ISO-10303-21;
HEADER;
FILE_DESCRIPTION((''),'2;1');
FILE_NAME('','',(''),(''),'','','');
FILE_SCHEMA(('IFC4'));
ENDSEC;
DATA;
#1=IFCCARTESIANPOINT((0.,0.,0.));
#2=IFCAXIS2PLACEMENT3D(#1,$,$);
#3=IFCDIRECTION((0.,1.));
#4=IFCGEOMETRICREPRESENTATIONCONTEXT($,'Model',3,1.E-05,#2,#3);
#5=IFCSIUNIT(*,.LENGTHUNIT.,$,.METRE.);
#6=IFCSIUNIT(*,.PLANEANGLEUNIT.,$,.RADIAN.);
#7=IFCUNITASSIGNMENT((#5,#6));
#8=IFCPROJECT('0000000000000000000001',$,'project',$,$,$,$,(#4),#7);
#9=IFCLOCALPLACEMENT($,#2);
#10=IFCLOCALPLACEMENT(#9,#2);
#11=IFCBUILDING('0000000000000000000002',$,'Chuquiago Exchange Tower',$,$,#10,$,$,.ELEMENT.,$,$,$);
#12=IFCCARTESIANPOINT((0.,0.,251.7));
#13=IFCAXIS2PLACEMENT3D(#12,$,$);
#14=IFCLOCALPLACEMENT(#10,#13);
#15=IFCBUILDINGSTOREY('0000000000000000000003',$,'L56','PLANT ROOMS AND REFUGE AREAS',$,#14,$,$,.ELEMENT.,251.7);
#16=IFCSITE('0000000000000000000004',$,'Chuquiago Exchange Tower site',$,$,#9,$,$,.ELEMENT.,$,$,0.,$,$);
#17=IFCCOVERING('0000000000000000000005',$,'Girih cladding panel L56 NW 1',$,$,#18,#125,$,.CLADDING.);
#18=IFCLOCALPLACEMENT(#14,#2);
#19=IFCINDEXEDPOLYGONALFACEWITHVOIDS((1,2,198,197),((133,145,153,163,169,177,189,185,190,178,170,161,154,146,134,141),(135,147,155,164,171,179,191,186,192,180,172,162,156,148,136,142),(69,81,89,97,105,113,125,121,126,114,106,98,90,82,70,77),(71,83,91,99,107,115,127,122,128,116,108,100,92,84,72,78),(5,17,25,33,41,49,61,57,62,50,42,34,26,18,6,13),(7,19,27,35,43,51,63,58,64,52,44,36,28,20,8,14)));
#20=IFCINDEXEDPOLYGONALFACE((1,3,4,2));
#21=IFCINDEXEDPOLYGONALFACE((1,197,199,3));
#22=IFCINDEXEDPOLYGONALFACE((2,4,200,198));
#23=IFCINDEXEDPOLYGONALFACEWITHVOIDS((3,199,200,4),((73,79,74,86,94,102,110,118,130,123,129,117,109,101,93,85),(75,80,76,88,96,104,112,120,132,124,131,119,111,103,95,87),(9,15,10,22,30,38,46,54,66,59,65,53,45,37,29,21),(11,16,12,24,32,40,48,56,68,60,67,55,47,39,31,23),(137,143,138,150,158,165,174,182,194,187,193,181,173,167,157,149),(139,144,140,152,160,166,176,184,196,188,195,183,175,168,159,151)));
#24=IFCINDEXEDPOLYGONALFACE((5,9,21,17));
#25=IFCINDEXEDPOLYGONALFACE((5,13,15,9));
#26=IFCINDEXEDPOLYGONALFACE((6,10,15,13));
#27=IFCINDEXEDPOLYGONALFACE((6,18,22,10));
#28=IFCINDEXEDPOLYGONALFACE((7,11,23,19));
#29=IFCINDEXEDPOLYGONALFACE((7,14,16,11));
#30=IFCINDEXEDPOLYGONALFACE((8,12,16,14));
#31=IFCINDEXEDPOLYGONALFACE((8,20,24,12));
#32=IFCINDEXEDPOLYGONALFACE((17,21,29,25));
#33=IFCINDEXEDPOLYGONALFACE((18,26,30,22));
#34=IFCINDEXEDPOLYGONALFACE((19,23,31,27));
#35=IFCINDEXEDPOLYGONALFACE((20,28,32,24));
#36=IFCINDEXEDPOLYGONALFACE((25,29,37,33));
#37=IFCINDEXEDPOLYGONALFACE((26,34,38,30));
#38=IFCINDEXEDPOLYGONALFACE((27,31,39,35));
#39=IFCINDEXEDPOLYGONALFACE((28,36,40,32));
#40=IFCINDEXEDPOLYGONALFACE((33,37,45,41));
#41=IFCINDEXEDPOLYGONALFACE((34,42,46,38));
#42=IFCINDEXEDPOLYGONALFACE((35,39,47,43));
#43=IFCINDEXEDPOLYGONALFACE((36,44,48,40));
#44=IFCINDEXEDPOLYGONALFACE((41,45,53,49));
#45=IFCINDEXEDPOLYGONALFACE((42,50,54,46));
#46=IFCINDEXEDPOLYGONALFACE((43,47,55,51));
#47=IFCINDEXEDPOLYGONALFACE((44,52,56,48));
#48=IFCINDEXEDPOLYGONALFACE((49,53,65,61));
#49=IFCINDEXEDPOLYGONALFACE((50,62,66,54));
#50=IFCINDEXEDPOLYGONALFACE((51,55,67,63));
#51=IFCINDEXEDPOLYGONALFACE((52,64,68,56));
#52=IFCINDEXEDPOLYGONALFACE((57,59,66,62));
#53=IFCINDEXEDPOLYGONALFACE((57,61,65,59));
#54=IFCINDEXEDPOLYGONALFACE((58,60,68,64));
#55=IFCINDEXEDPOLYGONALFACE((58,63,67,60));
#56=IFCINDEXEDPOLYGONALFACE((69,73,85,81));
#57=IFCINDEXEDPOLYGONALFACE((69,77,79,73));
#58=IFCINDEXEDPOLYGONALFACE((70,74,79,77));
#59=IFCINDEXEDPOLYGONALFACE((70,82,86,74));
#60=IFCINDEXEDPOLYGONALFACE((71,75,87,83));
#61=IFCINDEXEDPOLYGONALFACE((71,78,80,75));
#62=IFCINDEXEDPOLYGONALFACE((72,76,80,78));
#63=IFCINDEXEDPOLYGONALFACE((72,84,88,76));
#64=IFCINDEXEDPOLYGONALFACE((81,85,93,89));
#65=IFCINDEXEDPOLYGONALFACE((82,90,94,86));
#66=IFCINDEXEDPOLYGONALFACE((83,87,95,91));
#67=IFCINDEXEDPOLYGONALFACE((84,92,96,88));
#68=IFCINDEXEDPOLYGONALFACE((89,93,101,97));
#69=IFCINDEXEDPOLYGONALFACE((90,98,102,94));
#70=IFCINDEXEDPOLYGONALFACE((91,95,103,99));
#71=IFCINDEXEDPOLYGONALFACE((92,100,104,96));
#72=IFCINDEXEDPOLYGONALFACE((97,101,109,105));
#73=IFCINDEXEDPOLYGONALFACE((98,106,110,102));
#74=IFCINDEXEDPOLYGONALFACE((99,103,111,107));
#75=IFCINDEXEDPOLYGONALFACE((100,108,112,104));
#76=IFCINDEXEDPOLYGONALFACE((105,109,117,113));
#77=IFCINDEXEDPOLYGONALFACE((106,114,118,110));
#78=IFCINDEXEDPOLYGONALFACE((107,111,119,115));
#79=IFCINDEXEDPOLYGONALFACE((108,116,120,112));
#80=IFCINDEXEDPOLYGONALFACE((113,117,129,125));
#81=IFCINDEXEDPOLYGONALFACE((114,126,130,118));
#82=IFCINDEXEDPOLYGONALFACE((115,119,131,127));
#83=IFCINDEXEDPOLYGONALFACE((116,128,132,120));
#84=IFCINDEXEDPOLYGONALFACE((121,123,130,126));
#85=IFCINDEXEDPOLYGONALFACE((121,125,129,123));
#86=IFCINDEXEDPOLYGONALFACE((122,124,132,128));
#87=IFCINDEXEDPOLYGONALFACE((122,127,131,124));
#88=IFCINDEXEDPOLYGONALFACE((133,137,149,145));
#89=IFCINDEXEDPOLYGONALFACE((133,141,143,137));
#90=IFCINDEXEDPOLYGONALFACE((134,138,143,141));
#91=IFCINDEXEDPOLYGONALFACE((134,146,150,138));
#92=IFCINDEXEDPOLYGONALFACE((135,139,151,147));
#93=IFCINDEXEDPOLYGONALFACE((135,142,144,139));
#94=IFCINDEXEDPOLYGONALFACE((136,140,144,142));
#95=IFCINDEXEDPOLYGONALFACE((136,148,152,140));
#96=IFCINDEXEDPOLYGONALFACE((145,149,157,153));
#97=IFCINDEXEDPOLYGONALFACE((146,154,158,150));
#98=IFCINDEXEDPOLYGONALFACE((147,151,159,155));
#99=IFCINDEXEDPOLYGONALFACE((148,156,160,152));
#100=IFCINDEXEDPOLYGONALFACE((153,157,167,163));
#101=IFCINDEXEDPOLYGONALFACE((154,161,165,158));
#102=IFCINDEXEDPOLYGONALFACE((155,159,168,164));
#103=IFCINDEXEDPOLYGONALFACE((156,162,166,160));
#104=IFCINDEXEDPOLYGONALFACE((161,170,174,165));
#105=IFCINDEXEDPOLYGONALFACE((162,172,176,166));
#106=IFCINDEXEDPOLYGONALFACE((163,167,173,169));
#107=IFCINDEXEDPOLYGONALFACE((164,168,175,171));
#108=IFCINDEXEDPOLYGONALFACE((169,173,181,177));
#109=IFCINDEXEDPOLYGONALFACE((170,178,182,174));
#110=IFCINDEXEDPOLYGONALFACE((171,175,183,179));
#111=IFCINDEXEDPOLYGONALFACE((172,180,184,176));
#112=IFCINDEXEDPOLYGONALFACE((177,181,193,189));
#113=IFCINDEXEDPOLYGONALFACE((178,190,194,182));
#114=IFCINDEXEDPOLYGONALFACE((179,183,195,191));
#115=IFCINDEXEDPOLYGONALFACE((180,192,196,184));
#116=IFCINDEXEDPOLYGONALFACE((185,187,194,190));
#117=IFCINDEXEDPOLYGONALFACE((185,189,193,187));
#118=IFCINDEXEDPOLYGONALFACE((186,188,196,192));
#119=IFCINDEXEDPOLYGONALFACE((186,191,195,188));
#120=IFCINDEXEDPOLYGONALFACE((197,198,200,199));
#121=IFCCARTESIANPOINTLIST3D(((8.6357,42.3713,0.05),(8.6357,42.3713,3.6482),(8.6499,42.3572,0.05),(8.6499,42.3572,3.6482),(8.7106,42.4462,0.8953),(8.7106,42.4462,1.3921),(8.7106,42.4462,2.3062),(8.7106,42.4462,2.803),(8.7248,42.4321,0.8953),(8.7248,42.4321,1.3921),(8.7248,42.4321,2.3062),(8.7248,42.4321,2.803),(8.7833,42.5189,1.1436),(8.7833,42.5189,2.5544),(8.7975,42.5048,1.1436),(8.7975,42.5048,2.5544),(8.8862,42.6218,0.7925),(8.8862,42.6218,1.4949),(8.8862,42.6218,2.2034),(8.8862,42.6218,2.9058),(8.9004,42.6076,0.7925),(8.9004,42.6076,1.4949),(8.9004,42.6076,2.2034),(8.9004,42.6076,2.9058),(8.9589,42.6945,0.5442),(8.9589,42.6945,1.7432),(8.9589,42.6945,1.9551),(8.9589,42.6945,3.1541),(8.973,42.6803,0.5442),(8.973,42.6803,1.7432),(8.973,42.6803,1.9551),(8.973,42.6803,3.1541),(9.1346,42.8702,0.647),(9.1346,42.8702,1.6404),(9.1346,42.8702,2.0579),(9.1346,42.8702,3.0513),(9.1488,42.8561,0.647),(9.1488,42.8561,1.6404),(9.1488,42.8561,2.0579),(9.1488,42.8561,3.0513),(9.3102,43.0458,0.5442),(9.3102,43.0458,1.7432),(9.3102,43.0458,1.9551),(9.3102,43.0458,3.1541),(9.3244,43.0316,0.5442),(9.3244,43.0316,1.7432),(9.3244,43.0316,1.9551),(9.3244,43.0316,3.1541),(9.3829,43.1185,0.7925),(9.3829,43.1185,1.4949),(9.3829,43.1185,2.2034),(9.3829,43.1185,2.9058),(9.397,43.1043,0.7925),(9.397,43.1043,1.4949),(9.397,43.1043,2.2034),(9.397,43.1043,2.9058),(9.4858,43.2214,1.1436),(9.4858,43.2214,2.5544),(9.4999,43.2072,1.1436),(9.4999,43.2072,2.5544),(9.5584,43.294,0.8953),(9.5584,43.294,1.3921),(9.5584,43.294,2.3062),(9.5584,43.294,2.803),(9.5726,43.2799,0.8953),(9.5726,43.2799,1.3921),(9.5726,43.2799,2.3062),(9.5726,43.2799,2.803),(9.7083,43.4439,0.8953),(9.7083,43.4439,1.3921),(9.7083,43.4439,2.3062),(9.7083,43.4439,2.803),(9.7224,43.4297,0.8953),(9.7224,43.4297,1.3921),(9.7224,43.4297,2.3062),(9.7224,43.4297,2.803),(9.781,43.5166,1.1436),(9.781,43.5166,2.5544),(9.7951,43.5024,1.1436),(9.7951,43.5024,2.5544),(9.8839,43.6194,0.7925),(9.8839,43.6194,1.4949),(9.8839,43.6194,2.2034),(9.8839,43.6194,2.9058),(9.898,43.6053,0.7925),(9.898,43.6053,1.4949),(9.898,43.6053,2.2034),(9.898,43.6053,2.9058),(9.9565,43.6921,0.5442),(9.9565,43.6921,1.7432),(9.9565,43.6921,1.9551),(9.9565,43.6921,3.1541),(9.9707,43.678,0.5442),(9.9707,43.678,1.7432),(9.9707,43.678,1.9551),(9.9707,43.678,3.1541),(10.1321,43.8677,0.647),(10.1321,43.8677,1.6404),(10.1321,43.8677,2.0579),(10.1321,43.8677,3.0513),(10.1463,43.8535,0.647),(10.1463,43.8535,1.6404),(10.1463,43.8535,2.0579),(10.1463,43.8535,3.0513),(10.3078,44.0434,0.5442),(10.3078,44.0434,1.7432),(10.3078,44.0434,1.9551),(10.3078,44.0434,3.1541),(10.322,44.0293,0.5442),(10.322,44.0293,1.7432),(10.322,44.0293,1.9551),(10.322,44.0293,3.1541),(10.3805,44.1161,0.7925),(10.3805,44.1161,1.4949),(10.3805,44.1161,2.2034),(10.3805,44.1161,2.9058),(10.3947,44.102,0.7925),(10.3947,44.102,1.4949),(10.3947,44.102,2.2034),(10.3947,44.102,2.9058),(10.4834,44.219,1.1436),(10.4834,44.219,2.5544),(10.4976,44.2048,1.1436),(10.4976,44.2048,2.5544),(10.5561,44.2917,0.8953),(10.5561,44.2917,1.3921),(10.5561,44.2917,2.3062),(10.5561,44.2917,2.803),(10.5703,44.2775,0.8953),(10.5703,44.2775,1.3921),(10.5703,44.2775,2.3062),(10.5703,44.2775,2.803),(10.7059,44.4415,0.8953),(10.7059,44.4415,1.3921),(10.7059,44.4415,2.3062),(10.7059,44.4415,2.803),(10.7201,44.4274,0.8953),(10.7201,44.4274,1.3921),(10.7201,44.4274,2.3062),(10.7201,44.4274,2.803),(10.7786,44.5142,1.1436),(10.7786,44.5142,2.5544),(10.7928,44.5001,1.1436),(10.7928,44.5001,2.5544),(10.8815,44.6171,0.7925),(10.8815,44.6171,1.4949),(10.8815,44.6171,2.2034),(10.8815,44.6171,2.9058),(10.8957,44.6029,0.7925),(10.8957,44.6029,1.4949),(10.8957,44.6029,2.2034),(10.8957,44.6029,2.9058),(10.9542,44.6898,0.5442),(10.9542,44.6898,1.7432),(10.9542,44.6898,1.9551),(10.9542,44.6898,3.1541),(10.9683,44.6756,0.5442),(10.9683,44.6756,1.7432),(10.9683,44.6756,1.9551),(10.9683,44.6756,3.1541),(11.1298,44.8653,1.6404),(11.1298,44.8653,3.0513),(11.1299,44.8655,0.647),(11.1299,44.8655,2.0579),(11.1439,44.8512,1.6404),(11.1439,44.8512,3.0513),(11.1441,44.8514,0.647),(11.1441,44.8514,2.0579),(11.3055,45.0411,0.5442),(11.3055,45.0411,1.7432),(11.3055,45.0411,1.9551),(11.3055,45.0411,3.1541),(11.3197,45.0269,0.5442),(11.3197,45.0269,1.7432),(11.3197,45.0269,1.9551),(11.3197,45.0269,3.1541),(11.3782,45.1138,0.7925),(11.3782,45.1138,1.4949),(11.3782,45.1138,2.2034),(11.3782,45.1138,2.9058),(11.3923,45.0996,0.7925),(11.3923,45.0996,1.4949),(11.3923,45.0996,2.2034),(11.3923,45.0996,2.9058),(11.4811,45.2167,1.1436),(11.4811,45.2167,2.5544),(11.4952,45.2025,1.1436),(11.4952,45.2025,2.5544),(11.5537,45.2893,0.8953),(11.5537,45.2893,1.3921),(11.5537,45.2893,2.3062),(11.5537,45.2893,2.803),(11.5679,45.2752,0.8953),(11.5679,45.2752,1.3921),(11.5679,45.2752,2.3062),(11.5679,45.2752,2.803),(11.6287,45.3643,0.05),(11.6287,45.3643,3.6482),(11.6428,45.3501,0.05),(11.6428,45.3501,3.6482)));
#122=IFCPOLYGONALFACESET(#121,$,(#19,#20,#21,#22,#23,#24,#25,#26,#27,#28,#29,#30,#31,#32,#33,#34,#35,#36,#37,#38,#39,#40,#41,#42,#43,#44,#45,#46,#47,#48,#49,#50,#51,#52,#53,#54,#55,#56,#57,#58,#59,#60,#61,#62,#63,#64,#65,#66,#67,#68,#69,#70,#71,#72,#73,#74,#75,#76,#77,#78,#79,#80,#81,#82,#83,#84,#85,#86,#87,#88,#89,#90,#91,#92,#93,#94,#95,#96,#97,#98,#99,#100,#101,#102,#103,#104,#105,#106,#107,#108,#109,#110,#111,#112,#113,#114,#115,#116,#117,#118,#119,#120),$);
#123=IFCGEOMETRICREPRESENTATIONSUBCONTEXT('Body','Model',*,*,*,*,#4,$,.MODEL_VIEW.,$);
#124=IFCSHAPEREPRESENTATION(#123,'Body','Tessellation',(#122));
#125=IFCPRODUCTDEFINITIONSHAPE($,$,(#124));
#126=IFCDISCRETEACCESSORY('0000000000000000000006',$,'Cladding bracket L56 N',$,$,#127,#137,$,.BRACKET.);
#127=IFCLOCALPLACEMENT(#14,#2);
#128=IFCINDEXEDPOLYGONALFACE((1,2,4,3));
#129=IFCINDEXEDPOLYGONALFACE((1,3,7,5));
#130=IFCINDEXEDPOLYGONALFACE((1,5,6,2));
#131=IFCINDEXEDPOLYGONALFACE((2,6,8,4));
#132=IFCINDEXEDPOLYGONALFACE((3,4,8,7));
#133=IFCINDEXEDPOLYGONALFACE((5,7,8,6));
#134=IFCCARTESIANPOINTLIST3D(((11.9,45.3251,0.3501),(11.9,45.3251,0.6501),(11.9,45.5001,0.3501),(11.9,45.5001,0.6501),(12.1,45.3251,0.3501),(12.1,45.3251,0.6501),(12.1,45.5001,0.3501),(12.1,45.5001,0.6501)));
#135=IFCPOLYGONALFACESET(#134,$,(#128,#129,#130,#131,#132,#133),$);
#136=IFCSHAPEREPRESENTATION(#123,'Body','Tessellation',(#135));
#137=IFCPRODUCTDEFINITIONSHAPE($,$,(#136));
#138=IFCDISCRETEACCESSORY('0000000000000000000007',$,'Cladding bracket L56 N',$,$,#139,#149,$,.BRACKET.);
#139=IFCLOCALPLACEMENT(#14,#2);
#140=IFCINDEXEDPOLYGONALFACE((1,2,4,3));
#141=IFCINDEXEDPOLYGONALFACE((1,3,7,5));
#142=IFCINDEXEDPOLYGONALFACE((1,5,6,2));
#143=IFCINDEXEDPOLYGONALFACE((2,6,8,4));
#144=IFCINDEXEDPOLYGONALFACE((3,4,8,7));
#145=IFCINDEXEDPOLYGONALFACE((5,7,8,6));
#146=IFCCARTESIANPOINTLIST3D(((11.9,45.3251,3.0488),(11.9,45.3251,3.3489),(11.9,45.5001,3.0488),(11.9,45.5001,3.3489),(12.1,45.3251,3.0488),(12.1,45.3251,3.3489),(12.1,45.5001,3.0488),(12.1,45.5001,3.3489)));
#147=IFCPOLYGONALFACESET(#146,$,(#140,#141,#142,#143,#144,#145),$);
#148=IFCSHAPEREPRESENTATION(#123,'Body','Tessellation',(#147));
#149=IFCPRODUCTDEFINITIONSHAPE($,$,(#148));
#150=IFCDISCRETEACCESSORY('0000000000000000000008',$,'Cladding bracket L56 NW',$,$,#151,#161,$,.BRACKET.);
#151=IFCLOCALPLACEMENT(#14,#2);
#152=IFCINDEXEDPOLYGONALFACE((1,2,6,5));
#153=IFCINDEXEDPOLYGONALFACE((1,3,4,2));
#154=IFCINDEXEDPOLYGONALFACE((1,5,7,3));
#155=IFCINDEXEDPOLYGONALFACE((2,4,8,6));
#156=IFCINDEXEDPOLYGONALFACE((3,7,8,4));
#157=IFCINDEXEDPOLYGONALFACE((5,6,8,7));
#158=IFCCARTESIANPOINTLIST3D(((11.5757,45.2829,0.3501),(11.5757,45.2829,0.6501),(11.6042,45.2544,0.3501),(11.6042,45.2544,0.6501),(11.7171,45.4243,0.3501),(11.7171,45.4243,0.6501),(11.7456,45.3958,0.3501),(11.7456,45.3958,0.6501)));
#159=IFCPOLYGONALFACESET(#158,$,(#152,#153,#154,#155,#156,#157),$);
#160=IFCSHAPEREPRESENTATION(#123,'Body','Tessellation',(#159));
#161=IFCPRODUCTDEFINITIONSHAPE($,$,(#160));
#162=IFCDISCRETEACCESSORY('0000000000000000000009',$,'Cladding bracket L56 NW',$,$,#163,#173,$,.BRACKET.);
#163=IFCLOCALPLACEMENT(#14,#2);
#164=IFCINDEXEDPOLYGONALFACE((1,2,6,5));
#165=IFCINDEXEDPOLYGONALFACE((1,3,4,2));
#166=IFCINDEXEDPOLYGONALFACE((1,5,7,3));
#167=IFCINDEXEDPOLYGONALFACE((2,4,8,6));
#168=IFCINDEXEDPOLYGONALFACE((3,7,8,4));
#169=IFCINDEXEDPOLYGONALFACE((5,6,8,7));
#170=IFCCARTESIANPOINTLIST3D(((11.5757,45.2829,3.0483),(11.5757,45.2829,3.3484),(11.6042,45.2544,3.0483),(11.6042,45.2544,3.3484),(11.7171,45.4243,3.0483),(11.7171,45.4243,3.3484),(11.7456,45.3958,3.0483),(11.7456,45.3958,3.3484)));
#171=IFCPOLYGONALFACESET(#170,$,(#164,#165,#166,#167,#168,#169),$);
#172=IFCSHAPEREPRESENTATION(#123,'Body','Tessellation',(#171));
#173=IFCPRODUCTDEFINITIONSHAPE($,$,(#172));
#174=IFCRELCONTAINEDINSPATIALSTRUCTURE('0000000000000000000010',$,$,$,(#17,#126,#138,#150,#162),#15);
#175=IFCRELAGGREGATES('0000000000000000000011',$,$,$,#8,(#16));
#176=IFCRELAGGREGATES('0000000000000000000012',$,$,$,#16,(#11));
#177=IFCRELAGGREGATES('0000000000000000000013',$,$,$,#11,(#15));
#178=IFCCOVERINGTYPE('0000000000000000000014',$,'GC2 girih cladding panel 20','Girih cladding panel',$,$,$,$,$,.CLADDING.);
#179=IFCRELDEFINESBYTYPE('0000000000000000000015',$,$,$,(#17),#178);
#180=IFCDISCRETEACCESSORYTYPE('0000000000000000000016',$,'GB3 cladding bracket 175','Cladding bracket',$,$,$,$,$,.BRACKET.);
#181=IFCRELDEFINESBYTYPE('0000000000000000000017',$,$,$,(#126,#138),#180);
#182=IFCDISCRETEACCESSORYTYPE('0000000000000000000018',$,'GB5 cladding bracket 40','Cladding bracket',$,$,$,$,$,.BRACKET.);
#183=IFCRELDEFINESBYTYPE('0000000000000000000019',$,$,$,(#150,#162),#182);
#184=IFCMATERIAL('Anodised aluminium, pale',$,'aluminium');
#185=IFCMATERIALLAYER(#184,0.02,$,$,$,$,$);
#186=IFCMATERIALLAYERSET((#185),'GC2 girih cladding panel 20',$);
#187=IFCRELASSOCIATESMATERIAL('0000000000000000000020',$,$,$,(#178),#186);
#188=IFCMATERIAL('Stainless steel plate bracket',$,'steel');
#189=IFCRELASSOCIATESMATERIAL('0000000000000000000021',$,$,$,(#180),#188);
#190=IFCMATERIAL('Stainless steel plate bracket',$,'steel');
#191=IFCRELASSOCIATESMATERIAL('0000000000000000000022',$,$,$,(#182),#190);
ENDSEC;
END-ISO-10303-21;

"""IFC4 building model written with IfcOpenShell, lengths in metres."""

from ifc_helpers import new_model, si_unit, direction, frame, origin, origin_2d, place, context, subcontext, project, spatial, polyline, rectangle, outline, extrude, material, layer, layer_set, type_object, element, save


model = new_model("IFC4")

# Units and contexts
model_context = context("Model", 3, precision=1e-05, world=origin(), true_north=direction((0.0, 1.0)))
body_context = subcontext(model_context, "Body", "Model", "MODEL_VIEW")
ifc_project = project(units=[si_unit("LENGTHUNIT", "METRE"), si_unit("PLANEANGLEUNIT", "RADIAN")], contexts=[model_context])

# Site, building, storey
site_placement = place(None, origin())
site = spatial("IfcSite", under=ifc_project, at=site_placement, Name="Chuquiago Exchange Tower site", CompositionType="ELEMENT", RefElevation=0.0)
building_placement = place(site_placement, origin())
building = spatial("IfcBuilding", under=site, at=building_placement, Name="Chuquiago Exchange Tower", CompositionType="ELEMENT")
storey_placement = place(building_placement, frame((0.0, 0.0, 251.7)))
storey = spatial("IfcBuildingStorey", under=building, at=storey_placement, Name="L56", Description="PLANT ROOMS AND REFUGE AREAS", CompositionType="ELEMENT", Elevation=251.7)

# Covering
ifc_material_1 = material(Name="Anodised aluminium, pale", Category="aluminium")
ifc_layer_1 = layer(ifc_material_1, 0.02)
ifc_layer_set_1 = layer_set([ifc_layer_1], Name="GC2 girih cladding panel 20")
covering_type_1 = type_object("IfcCoveringType", Name="GC2 girih cladding panel 20", Description="Girih cladding panel", PredefinedType="CLADDING", material=ifc_layer_set_1)
covering_1_placement = place(storey_placement, frame((11.6428, 45.3501, 0.05), z_axis=(0.0, 0.0, 1.0), x_axis=(-0.707107, -0.707107, 0.0)))
element("IfcCovering", 1, at=covering_1_placement, inside=storey, type_object=covering_type_1, Name="Girih cladding panel L56 NW 1", PredefinedType="CLADDING", context=body_context, shape_type="SweptSolid", body=[
    extrude(outline(polyline([(0.0, 0.0), (4.2327, 0.0), (4.2327, 3.5981), (0.0, 3.5981), (0.0, 0.0)]), holes=[polyline([(1.2021, 1.0935), (1.3049, 1.342), (1.0566, 1.4448), (0.9539, 1.6931), (0.7056, 1.5903), (0.457, 1.6931), (0.3542, 1.4448), (0.106, 1.342), (0.2087, 1.0935), (0.106, 0.8452), (0.3542, 0.7424), (0.457, 0.4941), (0.7053, 0.5969), (0.9539, 0.4941), (1.0566, 0.7424), (1.3049, 0.8452), (1.2021, 1.0935)]), polyline([(2.613, 1.0935), (2.7158, 1.342), (2.4675, 1.4448), (2.3647, 1.6931), (2.1165, 1.5903), (1.8679, 1.6931), (1.7651, 1.4448), (1.5168, 1.342), (1.6196, 1.0935), (1.5168, 0.8452), (1.7651, 0.7424), (1.8679, 0.4941), (2.1165, 0.5969), (2.3647, 0.4941), (2.4675, 0.7424), (2.7158, 0.8452), (2.613, 1.0935)]), polyline([(4.0239, 1.0935), (4.1267, 1.342), (3.8784, 1.4448), (3.7756, 1.6931), (3.5271, 1.5903), (3.2788, 1.6931), (3.176, 1.4448), (2.9277, 1.342), (3.0305, 1.0935), (2.9277, 0.8452), (3.176, 0.7424), (3.2788, 0.4941), (3.5271, 0.5969), (3.7756, 0.4941), (3.8784, 0.7424), (4.1267, 0.8452), (4.0239, 1.0935)]), polyline([(1.2021, 2.5044), (1.3049, 2.7529), (1.0566, 2.8557), (0.9539, 3.104), (0.7056, 3.0012), (0.457, 3.104), (0.3542, 2.8557), (0.106, 2.7529), (0.2087, 2.5044), (0.106, 2.2561), (0.3542, 2.1533), (0.457, 1.905), (0.7053, 2.0078), (0.9539, 1.905), (1.0566, 2.1533), (1.3049, 2.2561), (1.2021, 2.5044)]), polyline([(2.613, 2.5044), (2.7158, 2.7529), (2.4675, 2.8557), (2.3647, 3.104), (2.1165, 3.0012), (1.8679, 3.104), (1.7651, 2.8557), (1.5168, 2.7529), (1.6196, 2.5044), (1.5168, 2.2561), (1.7651, 2.1533), (1.8679, 1.905), (2.1165, 2.0078), (2.3647, 1.905), (2.4675, 2.1533), (2.7158, 2.2561), (2.613, 2.5044)]), polyline([(4.0239, 2.5044), (4.1267, 2.7529), (3.8784, 2.8557), (3.7756, 3.104), (3.5271, 3.0012), (3.2788, 3.104), (3.176, 2.8557), (2.9277, 2.7529), (3.0305, 2.5044), (2.9277, 2.2561), (3.176, 2.1533), (3.2788, 1.905), (3.5271, 2.0078), (3.7756, 1.905), (3.8784, 2.1533), (4.1267, 2.2561), (4.0239, 2.5044)])]), frame((0.0, 0.0, 0.0), z_axis=(0.0, -1.0, 0.0), x_axis=(1.0, 0.0, 0.0)), (0.0, 0.0, 1.0), 0.02),
])

# Discrete accessories
ifc_material_2 = material(Name="Stainless steel plate bracket", Category="steel")
discrete_accessory_type_1 = type_object("IfcDiscreteAccessoryType", Name="GB3 cladding bracket 175", Description="Cladding bracket", PredefinedType="BRACKET", material=ifc_material_2)
for number, where, z_axis, x_axis, name in (
    (2, (12.0, 45.4126, 0.3501), (0.0, 0.0, 1.0), (-1.0, 0.0, 0.0), "Cladding bracket L56 N"),
    (3, (12.0, 45.4126, 3.0488), (0.0, 0.0, 1.0), (-1.0, 0.0, 0.0), "Cladding bracket L56 N"),
):
    element("IfcDiscreteAccessory", number, at=place(storey_placement, frame(where, z_axis=z_axis, x_axis=x_axis)), inside=storey, type_object=discrete_accessory_type_1, Name=name, PredefinedType="BRACKET", context=body_context, shape_type="SweptSolid", body=[
        extrude(rectangle(XDim=0.2, YDim=0.175, at=origin_2d()), origin(), (0.0, 0.0, 1.0), 0.3),
    ])
ifc_material_3 = material(Name="Stainless steel plate bracket", Category="steel")
discrete_accessory_type_2 = type_object("IfcDiscreteAccessoryType", Name="GB5 cladding bracket 40", Description="Cladding bracket", PredefinedType="BRACKET", material=ifc_material_3)
for number, where, z_axis, x_axis, name in (
    (4, (11.6606, 45.3394, 0.3501), (0.0, 0.0, 1.0), (-0.707107, -0.707107, 0.0), "Cladding bracket L56 NW"),
    (5, (11.6606, 45.3394, 3.0483), (0.0, 0.0, 1.0), (-0.707107, -0.707107, 0.0), "Cladding bracket L56 NW"),
):
    element("IfcDiscreteAccessory", number, at=place(storey_placement, frame(where, z_axis=z_axis, x_axis=x_axis)), inside=storey, type_object=discrete_accessory_type_2, Name=name, PredefinedType="BRACKET", context=body_context, shape_type="SweptSolid", body=[
        extrude(rectangle(XDim=0.2, YDim=0.0403, at=origin_2d()), origin(), (0.0, 0.0, 1.0), 0.3),
    ])

save(model, "model.ifc")
